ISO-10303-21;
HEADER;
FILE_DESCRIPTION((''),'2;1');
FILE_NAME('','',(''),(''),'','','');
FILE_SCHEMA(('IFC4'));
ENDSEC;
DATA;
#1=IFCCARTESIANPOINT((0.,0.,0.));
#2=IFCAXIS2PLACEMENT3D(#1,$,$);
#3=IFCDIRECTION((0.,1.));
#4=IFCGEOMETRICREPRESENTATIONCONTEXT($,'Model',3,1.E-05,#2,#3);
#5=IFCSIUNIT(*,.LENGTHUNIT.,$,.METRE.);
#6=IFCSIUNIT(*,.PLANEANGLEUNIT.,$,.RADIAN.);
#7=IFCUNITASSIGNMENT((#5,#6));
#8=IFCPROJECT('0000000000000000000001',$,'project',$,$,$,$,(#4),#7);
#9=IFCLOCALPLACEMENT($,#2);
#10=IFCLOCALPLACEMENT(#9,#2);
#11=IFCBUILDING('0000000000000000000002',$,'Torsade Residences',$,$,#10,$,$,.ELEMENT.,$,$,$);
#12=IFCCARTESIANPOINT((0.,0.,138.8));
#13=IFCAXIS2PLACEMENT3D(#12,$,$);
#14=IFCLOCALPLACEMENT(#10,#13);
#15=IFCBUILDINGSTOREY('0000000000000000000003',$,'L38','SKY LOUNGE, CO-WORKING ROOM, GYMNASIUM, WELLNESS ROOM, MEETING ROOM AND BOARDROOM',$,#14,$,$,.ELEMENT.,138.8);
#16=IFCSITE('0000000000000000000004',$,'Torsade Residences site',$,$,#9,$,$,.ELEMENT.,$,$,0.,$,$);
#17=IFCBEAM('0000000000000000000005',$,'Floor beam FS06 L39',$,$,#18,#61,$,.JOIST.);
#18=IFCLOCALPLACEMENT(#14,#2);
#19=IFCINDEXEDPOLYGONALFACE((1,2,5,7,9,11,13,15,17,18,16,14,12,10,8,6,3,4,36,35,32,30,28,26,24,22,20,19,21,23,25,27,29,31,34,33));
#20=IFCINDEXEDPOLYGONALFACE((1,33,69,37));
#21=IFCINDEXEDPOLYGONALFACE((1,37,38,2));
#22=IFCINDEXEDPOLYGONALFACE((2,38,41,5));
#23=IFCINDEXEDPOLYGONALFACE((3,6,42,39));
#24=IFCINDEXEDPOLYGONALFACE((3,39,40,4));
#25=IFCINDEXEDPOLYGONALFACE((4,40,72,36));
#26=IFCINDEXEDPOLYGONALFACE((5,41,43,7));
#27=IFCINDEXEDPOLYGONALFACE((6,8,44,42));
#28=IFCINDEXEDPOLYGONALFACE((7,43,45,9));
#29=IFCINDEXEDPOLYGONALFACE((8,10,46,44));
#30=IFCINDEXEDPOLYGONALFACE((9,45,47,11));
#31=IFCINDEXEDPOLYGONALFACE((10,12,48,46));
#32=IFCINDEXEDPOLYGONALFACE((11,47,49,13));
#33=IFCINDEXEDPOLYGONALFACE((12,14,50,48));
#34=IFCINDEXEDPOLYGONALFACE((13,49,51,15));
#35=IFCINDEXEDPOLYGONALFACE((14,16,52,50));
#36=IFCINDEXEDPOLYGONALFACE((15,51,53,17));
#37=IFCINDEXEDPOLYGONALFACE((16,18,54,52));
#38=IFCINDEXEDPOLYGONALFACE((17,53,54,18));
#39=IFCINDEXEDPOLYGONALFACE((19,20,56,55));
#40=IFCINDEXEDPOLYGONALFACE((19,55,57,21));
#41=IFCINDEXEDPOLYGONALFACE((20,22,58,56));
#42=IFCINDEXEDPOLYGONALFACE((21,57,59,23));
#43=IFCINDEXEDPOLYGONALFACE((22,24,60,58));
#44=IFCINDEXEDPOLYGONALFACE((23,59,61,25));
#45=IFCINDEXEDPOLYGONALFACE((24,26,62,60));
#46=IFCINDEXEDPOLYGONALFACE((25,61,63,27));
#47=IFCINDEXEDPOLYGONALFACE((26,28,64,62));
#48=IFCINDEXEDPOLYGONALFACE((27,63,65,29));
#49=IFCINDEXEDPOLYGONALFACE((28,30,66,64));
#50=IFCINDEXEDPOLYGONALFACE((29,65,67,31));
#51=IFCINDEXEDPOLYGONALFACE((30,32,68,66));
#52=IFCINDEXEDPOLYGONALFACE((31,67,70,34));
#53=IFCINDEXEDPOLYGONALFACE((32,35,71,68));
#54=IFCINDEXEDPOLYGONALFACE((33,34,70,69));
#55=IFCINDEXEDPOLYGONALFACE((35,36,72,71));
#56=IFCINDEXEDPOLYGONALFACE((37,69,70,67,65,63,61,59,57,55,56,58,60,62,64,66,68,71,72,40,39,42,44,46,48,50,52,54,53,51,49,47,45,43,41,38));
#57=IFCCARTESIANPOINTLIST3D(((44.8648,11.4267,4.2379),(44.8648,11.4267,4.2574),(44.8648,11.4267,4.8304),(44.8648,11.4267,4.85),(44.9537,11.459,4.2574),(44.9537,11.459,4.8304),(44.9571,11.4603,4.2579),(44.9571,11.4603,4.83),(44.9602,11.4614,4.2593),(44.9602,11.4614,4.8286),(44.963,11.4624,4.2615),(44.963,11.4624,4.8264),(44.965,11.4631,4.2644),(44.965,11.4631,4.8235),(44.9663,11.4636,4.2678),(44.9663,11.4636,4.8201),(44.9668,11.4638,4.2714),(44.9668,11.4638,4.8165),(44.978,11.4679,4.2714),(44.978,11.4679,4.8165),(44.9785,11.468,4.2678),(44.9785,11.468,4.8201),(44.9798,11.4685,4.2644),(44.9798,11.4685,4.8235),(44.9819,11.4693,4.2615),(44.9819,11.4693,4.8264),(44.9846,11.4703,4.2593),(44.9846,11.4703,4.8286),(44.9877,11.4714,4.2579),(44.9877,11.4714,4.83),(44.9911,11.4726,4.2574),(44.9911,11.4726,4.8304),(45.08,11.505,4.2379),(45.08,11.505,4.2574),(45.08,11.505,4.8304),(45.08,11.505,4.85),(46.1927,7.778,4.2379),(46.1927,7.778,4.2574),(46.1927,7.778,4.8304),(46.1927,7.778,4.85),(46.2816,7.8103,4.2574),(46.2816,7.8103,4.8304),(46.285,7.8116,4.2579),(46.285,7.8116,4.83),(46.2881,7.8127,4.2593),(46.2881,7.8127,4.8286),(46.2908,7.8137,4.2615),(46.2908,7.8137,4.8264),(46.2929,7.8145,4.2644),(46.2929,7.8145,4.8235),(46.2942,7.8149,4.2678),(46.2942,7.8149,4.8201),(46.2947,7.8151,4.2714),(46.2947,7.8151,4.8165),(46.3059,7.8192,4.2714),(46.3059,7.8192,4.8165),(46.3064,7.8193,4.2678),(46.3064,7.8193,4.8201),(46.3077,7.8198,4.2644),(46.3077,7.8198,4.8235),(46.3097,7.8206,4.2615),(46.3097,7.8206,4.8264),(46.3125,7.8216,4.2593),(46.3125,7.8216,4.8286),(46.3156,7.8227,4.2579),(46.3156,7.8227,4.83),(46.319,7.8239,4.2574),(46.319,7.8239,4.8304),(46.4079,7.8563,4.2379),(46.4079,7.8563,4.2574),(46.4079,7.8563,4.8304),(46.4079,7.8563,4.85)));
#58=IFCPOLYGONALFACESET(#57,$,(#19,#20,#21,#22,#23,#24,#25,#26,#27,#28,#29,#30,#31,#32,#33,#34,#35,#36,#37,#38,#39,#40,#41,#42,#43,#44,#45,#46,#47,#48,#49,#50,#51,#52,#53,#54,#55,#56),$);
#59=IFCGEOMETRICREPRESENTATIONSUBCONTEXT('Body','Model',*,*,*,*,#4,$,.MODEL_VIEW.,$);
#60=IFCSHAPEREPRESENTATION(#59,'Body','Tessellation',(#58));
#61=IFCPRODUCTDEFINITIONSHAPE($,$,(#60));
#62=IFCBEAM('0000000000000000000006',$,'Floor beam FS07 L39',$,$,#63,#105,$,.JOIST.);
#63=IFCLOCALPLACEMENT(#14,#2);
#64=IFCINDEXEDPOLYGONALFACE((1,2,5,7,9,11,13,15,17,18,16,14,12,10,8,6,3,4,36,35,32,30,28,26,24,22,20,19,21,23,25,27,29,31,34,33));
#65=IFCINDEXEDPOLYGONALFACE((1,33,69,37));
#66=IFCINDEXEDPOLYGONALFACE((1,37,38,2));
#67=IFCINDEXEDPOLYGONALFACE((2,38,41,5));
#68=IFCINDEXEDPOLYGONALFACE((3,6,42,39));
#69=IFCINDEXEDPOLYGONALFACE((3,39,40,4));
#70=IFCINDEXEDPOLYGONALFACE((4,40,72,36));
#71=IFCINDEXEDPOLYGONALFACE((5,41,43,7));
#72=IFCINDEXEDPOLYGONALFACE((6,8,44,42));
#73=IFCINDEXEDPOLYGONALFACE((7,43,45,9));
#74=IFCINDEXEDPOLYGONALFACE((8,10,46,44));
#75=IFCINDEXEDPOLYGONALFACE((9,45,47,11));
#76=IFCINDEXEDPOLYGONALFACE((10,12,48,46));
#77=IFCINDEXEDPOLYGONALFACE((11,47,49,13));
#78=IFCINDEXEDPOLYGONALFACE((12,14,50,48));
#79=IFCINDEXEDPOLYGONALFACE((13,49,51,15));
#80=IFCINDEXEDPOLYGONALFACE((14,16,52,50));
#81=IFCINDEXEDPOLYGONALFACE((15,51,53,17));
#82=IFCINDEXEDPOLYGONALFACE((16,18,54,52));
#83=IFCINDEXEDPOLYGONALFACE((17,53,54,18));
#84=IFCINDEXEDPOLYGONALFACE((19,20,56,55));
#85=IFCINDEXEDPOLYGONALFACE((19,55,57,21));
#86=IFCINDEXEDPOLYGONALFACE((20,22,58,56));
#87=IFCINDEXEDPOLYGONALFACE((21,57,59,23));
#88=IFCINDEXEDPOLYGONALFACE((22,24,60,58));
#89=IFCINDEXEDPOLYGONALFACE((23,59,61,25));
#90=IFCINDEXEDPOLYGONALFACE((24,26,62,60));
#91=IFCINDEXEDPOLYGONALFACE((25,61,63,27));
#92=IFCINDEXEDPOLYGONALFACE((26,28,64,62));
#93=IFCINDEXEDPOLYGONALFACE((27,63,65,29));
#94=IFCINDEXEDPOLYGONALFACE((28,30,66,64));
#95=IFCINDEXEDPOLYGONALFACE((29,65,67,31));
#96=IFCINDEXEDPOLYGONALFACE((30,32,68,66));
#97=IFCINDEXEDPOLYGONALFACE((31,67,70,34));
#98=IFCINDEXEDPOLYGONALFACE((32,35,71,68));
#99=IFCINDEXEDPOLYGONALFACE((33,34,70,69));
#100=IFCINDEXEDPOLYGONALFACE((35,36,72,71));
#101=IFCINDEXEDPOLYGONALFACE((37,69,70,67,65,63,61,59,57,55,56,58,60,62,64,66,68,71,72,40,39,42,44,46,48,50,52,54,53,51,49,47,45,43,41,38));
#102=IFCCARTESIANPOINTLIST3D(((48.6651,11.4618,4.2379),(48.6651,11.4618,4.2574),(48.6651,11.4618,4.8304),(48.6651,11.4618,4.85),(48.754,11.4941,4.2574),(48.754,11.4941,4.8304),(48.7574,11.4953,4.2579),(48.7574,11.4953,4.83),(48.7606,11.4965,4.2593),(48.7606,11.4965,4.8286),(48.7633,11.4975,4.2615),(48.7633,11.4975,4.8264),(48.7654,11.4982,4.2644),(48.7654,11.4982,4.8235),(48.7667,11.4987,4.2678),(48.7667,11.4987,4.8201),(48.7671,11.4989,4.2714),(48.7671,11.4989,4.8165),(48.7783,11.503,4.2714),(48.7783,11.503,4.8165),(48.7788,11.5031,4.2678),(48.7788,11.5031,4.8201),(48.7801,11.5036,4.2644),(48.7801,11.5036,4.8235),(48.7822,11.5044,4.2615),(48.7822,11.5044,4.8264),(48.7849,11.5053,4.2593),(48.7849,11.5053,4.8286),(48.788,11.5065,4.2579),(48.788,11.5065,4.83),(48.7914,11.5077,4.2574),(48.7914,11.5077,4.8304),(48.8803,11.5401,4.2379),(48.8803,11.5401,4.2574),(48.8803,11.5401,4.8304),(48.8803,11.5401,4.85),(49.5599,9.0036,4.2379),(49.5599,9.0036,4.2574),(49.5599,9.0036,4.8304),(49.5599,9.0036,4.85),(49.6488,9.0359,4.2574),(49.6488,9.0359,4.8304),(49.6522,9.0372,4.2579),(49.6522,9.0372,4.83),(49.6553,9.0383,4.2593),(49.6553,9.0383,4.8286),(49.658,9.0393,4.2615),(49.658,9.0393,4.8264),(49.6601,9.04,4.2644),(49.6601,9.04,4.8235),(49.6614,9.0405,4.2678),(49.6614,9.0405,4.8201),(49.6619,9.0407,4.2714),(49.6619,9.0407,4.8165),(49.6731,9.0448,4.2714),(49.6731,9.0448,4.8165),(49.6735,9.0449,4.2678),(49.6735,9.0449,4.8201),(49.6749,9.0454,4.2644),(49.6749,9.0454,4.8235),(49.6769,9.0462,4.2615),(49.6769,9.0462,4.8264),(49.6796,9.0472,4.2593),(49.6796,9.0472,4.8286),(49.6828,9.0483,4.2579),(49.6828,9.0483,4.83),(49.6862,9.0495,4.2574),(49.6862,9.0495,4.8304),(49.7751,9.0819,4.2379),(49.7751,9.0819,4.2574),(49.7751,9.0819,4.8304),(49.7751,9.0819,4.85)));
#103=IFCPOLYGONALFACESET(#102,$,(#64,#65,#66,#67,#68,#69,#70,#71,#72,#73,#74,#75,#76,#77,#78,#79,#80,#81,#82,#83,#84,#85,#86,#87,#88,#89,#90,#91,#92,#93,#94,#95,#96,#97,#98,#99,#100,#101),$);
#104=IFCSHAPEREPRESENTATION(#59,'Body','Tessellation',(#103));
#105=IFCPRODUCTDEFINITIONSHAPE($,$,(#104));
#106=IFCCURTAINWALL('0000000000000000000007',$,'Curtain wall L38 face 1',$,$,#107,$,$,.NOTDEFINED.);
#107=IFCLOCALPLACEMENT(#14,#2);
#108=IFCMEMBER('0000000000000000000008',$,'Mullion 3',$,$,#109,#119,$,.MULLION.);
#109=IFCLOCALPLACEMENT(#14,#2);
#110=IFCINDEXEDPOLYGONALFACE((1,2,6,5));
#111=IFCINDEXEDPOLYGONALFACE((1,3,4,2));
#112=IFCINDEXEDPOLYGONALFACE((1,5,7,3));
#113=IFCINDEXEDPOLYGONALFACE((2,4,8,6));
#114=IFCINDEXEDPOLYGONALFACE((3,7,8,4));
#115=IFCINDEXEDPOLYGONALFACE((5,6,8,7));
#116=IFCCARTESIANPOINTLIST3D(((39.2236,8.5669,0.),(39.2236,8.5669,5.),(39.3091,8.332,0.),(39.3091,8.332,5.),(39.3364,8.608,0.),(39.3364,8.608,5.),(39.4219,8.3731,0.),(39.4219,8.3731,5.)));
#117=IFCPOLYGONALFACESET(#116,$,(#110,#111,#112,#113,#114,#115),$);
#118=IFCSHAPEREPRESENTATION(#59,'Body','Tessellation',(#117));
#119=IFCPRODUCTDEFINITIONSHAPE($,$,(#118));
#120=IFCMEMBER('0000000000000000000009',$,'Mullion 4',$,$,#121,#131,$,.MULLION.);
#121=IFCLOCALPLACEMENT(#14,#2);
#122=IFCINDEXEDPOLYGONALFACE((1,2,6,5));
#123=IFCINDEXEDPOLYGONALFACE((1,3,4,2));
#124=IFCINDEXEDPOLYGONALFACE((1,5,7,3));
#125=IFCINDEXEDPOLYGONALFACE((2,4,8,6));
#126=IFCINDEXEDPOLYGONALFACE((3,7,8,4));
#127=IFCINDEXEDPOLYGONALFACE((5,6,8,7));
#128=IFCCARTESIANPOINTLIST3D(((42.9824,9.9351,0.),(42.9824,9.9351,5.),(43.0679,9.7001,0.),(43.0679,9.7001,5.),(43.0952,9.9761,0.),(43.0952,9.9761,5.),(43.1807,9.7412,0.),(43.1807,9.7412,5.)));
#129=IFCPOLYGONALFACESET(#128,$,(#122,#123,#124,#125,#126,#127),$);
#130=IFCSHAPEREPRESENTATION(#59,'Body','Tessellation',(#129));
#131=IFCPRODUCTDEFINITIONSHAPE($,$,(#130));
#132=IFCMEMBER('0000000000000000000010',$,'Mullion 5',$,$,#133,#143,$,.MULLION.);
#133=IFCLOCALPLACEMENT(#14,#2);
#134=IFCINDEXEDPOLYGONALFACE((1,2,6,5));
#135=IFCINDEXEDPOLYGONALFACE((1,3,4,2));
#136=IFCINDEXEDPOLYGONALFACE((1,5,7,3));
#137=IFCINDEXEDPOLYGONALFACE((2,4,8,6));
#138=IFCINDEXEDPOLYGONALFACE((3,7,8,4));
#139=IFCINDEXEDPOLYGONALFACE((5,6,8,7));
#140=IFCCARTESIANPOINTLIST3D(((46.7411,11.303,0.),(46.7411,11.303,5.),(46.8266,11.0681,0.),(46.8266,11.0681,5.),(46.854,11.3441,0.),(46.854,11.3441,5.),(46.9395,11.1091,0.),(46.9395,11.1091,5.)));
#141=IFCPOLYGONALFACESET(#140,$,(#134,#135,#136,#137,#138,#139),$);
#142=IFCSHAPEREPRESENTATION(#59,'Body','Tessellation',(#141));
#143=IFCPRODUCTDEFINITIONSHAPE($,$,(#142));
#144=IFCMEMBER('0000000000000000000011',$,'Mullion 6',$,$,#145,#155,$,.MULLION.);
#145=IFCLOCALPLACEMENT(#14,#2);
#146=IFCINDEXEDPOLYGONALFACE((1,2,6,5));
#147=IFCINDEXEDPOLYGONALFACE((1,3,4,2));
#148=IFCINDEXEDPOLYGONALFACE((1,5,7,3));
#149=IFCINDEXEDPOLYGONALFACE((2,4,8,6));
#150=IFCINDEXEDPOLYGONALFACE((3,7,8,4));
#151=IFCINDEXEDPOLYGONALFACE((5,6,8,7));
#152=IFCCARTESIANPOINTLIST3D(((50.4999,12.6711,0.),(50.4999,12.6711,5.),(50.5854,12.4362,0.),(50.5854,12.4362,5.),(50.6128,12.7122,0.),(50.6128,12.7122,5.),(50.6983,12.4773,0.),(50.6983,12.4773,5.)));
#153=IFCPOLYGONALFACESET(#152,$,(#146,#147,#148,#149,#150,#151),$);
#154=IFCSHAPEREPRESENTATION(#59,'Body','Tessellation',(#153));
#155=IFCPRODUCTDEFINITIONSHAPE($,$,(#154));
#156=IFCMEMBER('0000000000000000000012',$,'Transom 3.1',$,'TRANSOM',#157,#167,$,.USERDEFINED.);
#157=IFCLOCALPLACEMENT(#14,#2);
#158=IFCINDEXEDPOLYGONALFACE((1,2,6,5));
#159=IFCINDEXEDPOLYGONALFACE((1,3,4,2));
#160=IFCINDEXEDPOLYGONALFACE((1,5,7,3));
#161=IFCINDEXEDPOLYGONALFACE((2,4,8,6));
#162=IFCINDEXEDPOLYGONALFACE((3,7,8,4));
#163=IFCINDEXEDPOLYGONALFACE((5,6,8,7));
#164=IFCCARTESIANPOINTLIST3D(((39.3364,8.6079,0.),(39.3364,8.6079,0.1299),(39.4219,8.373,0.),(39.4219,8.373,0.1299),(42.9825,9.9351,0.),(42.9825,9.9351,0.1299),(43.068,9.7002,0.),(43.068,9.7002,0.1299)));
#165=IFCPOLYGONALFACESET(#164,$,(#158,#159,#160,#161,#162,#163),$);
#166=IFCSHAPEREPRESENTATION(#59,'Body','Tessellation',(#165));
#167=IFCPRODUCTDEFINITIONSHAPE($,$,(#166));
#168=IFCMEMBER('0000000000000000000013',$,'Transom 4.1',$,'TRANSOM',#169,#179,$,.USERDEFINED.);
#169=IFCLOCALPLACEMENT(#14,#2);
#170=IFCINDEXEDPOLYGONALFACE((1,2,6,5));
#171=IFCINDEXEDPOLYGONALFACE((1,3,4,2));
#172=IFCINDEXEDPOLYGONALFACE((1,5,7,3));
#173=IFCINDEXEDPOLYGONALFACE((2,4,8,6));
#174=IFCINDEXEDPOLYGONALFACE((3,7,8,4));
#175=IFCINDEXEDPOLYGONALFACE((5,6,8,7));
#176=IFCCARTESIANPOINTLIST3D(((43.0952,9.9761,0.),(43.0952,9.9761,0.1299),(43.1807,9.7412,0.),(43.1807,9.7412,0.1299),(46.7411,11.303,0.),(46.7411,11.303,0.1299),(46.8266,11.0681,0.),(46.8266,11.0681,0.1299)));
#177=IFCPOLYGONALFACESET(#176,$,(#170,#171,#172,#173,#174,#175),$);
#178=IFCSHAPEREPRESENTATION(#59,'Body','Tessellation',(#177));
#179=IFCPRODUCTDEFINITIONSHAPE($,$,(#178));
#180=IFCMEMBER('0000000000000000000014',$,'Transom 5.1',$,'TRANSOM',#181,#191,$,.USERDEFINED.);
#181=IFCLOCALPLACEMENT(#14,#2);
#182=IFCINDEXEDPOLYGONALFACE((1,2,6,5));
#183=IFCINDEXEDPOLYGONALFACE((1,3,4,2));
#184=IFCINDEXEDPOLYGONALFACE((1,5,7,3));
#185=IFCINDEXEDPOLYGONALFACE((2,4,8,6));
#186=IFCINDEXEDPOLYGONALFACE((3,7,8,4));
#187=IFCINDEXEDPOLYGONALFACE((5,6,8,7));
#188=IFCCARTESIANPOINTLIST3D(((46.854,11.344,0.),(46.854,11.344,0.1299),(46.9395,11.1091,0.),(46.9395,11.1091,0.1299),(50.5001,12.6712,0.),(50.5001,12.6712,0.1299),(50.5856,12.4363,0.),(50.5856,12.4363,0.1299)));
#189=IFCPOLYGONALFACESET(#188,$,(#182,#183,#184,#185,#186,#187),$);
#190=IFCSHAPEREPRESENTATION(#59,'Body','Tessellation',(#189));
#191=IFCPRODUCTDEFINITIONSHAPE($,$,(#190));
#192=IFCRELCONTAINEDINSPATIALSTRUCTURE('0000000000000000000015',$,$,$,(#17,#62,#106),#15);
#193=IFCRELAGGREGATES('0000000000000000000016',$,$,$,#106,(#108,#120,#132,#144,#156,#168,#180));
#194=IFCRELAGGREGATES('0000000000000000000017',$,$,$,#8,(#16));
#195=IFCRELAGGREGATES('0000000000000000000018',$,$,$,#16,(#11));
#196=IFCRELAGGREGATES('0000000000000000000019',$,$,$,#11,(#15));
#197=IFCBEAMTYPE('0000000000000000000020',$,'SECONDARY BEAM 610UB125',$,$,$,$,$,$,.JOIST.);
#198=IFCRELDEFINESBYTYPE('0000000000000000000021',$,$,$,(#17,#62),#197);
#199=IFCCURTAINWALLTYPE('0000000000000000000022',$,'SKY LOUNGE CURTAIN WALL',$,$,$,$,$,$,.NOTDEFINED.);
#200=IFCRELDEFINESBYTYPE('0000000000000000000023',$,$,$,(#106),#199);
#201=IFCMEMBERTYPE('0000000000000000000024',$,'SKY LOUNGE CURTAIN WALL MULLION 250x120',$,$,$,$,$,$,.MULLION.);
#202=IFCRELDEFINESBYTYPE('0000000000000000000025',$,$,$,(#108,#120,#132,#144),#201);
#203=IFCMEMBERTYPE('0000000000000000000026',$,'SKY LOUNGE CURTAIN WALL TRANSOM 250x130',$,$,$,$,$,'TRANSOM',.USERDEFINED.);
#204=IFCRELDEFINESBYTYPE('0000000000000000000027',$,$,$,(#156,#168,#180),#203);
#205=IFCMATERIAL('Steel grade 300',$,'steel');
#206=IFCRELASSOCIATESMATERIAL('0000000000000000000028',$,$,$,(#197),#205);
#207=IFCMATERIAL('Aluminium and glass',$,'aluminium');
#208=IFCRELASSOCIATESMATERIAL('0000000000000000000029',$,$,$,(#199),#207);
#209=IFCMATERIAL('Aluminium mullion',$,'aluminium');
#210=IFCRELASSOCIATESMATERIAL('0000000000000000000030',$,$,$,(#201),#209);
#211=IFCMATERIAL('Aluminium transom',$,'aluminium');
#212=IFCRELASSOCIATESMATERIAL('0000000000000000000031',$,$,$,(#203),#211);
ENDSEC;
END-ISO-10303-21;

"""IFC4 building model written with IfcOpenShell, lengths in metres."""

from ifc_helpers import new_model, si_unit, direction, frame, origin, origin_2d, place, context, subcontext, project, spatial, rectangle, i_section, extrude, material, material_profile, profile_set, type_object, element, aggregate, save


model = new_model("IFC4")

# Units and contexts
model_context = context("Model", 3, precision=1e-05, world=origin(), true_north=direction((0.0, 1.0)))
body_context = subcontext(model_context, "Body", "Model", "MODEL_VIEW")
ifc_project = project(units=[si_unit("LENGTHUNIT", "METRE"), si_unit("PLANEANGLEUNIT", "RADIAN")], contexts=[model_context])

# Site, building, storey
site_placement = place(None, origin())
site = spatial("IfcSite", under=ifc_project, at=site_placement, Name="Torsade Residences site", CompositionType="ELEMENT", RefElevation=0.0)
building_placement = place(site_placement, origin())
building = spatial("IfcBuilding", under=site, at=building_placement, Name="Torsade Residences", CompositionType="ELEMENT")
storey_placement = place(building_placement, frame((0.0, 0.0, 138.8)))
storey = spatial("IfcBuildingStorey", under=building, at=storey_placement, Name="L38", Description="SKY LOUNGE, CO-WORKING ROOM, GYMNASIUM, WELLNESS ROOM, MEETING ROOM AND BOARDROOM", CompositionType="ELEMENT", Elevation=138.8)

# Beams
ifc_material_1 = material(Name="Steel grade 300", Category="steel")
ifc_material_profile_1 = material_profile(ifc_material_1, i_section(OverallWidth=0.229, OverallDepth=0.6121, WebThickness=0.012, FlangeThickness=0.0195, FilletRadius=0.0139, at=origin_2d()), Name="610UB125")
ifc_profile_set_1 = profile_set([ifc_material_profile_1], Name="Steel grade 300")
beam_type_1 = type_object("IfcBeamType", Name="SECONDARY BEAM 610UB125", PredefinedType="JOIST", material=ifc_profile_set_1)
beam_1_placement = place(storey_placement, frame((46.3003, 7.8171, 4.5439), z_axis=(-0.34199, 0.939703, 0.0), x_axis=(-0.939703, -0.34199, 0.0)))
element("IfcBeam", 1, at=beam_1_placement, inside=storey, type_object=beam_type_1, Name="Floor beam FS06 L39", PredefinedType="JOIST", context=body_context, shape_type="SweptSolid", body=[
    extrude(i_section(OverallWidth=0.229, OverallDepth=0.6121, WebThickness=0.012, FlangeThickness=0.0195, FilletRadius=0.0139, at=origin_2d()), origin(), (0.0, 0.0, 1.0), 3.8828),
])
beam_2_placement = place(storey_placement, frame((49.6675, 9.0427, 4.5439), z_axis=(-0.342035, 0.939687, 0.0), x_axis=(-0.939687, -0.342035, 0.0)))
element("IfcBeam", 2, at=beam_2_placement, inside=storey, type_object=beam_type_1, Name="Floor beam FS07 L39", PredefinedType="JOIST", context=body_context, shape_type="SweptSolid", body=[
    extrude(i_section(OverallWidth=0.229, OverallDepth=0.6121, WebThickness=0.012, FlangeThickness=0.0195, FilletRadius=0.0139, at=origin_2d()), origin(), (0.0, 0.0, 1.0), 2.616),
])

# Curtain wall, members
ifc_material_2 = material(Name="Aluminium and glass", Category="aluminium")
curtain_wall_type = type_object("IfcCurtainWallType", Name="SKY LOUNGE CURTAIN WALL", PredefinedType="NOTDEFINED", material=ifc_material_2)
curtain_wall_placement = place(storey_placement, origin())
curtain_wall = element("IfcCurtainWall", 3, at=curtain_wall_placement, inside=storey, type_object=curtain_wall_type, Name="Curtain wall L38 face 1", PredefinedType="NOTDEFINED")
ifc_material_3 = material(Name="Aluminium mullion", Category="aluminium")
ifc_material_profile_2 = material_profile(ifc_material_3, rectangle(XDim=0.25, YDim=0.1201, at=origin_2d()), Name="SKY LOUNGE CURTAIN WALL MULLION 250x120")
ifc_profile_set_2 = profile_set([ifc_material_profile_2], Name="Aluminium mullion")
member_type_1 = type_object("IfcMemberType", Name="SKY LOUNGE CURTAIN WALL MULLION 250x120", PredefinedType="MULLION", material=ifc_profile_set_2)
member_1_placement = place(storey_placement, frame((39.3228, 8.47, 0.0), z_axis=(0.0, 0.0, 1.0), x_axis=(-0.34202, 0.939693, 0.0)))
member_1 = element("IfcMember", 4, at=member_1_placement, type_object=member_type_1, Name="Mullion 3", PredefinedType="MULLION", context=body_context, shape_type="SweptSolid", body=[
    extrude(rectangle(XDim=0.25, YDim=0.1201, at=origin_2d()), origin(), (0.0, 0.0, 1.0), 5.0),
])
member_2_placement = place(storey_placement, frame((43.0815, 9.8381, 0.0), z_axis=(0.0, 0.0, 1.0), x_axis=(-0.34202, 0.939693, 0.0)))
member_2 = element("IfcMember", 5, at=member_2_placement, type_object=member_type_1, Name="Mullion 4", PredefinedType="MULLION", context=body_context, shape_type="SweptSolid", body=[
    extrude(rectangle(XDim=0.25, YDim=0.1201, at=origin_2d()), origin(), (0.0, 0.0, 1.0), 5.0),
])
member_3_placement = place(storey_placement, frame((46.8403, 11.2061, 0.0), z_axis=(0.0, 0.0, 1.0), x_axis=(-0.34202, 0.939693, 0.0)))
member_3 = element("IfcMember", 6, at=member_3_placement, type_object=member_type_1, Name="Mullion 5", PredefinedType="MULLION", context=body_context, shape_type="SweptSolid", body=[
    extrude(rectangle(XDim=0.25, YDim=0.1201, at=origin_2d()), origin(), (0.0, 0.0, 1.0), 5.0),
])
member_4_placement = place(storey_placement, frame((50.5991, 12.5742, 0.0), z_axis=(0.0, 0.0, 1.0), x_axis=(-0.34202, 0.939693, 0.0)))
member_4 = element("IfcMember", 7, at=member_4_placement, type_object=member_type_1, Name="Mullion 6", PredefinedType="MULLION", context=body_context, shape_type="SweptSolid", body=[
    extrude(rectangle(XDim=0.25, YDim=0.1201, at=origin_2d()), origin(), (0.0, 0.0, 1.0), 5.0),
])
ifc_material_4 = material(Name="Aluminium transom", Category="aluminium")
ifc_material_profile_3 = material_profile(ifc_material_4, rectangle(XDim=0.25, YDim=0.1299, at=origin_2d()), Name="SKY LOUNGE CURTAIN WALL TRANSOM 250x130")
ifc_profile_set_3 = profile_set([ifc_material_profile_3], Name="Aluminium transom")
member_type_2 = type_object("IfcMemberType", Name="SKY LOUNGE CURTAIN WALL TRANSOM 250x130", ElementType="TRANSOM", PredefinedType="USERDEFINED", material=ifc_profile_set_3)
member_5_placement = place(storey_placement, frame((39.3792, 8.4905, 0.0649), z_axis=(0.939683, 0.342046, 0.0), x_axis=(-0.342046, 0.939683, 0.0)))
member_5 = element("IfcMember", 8, at=member_5_placement, type_object=member_type_2, Name="Transom 3.1", ObjectType="TRANSOM", PredefinedType="USERDEFINED", context=body_context, shape_type="SweptSolid", body=[
    extrude(rectangle(XDim=0.25, YDim=0.1299, at=origin_2d()), origin(), (0.0, 0.0, 1.0), 3.8801),
])
member_6_placement = place(storey_placement, frame((43.1379, 9.8586, 0.0649), z_axis=(0.939703, 0.341991, 0.0), x_axis=(-0.341991, 0.939703, 0.0)))
member_6 = element("IfcMember", 9, at=member_6_placement, type_object=member_type_2, Name="Transom 4.1", ObjectType="TRANSOM", PredefinedType="USERDEFINED", context=body_context, shape_type="SweptSolid", body=[
    extrude(rectangle(XDim=0.25, YDim=0.1299, at=origin_2d()), origin(), (0.0, 0.0, 1.0), 3.8799),
])
member_7_placement = place(storey_placement, frame((46.8967, 11.2266, 0.0649), z_axis=(0.939683, 0.342046, 0.0), x_axis=(-0.342046, 0.939683, 0.0)))
member_7 = element("IfcMember", 10, at=member_7_placement, type_object=member_type_2, Name="Transom 5.1", ObjectType="TRANSOM", PredefinedType="USERDEFINED", context=body_context, shape_type="SweptSolid", body=[
    extrude(rectangle(XDim=0.25, YDim=0.1299, at=origin_2d()), origin(), (0.0, 0.0, 1.0), 3.8801),
])

aggregate(curtain_wall, [member_1, member_2, member_3, member_4, member_5, member_6, member_7])

save(model, "model.ifc")
